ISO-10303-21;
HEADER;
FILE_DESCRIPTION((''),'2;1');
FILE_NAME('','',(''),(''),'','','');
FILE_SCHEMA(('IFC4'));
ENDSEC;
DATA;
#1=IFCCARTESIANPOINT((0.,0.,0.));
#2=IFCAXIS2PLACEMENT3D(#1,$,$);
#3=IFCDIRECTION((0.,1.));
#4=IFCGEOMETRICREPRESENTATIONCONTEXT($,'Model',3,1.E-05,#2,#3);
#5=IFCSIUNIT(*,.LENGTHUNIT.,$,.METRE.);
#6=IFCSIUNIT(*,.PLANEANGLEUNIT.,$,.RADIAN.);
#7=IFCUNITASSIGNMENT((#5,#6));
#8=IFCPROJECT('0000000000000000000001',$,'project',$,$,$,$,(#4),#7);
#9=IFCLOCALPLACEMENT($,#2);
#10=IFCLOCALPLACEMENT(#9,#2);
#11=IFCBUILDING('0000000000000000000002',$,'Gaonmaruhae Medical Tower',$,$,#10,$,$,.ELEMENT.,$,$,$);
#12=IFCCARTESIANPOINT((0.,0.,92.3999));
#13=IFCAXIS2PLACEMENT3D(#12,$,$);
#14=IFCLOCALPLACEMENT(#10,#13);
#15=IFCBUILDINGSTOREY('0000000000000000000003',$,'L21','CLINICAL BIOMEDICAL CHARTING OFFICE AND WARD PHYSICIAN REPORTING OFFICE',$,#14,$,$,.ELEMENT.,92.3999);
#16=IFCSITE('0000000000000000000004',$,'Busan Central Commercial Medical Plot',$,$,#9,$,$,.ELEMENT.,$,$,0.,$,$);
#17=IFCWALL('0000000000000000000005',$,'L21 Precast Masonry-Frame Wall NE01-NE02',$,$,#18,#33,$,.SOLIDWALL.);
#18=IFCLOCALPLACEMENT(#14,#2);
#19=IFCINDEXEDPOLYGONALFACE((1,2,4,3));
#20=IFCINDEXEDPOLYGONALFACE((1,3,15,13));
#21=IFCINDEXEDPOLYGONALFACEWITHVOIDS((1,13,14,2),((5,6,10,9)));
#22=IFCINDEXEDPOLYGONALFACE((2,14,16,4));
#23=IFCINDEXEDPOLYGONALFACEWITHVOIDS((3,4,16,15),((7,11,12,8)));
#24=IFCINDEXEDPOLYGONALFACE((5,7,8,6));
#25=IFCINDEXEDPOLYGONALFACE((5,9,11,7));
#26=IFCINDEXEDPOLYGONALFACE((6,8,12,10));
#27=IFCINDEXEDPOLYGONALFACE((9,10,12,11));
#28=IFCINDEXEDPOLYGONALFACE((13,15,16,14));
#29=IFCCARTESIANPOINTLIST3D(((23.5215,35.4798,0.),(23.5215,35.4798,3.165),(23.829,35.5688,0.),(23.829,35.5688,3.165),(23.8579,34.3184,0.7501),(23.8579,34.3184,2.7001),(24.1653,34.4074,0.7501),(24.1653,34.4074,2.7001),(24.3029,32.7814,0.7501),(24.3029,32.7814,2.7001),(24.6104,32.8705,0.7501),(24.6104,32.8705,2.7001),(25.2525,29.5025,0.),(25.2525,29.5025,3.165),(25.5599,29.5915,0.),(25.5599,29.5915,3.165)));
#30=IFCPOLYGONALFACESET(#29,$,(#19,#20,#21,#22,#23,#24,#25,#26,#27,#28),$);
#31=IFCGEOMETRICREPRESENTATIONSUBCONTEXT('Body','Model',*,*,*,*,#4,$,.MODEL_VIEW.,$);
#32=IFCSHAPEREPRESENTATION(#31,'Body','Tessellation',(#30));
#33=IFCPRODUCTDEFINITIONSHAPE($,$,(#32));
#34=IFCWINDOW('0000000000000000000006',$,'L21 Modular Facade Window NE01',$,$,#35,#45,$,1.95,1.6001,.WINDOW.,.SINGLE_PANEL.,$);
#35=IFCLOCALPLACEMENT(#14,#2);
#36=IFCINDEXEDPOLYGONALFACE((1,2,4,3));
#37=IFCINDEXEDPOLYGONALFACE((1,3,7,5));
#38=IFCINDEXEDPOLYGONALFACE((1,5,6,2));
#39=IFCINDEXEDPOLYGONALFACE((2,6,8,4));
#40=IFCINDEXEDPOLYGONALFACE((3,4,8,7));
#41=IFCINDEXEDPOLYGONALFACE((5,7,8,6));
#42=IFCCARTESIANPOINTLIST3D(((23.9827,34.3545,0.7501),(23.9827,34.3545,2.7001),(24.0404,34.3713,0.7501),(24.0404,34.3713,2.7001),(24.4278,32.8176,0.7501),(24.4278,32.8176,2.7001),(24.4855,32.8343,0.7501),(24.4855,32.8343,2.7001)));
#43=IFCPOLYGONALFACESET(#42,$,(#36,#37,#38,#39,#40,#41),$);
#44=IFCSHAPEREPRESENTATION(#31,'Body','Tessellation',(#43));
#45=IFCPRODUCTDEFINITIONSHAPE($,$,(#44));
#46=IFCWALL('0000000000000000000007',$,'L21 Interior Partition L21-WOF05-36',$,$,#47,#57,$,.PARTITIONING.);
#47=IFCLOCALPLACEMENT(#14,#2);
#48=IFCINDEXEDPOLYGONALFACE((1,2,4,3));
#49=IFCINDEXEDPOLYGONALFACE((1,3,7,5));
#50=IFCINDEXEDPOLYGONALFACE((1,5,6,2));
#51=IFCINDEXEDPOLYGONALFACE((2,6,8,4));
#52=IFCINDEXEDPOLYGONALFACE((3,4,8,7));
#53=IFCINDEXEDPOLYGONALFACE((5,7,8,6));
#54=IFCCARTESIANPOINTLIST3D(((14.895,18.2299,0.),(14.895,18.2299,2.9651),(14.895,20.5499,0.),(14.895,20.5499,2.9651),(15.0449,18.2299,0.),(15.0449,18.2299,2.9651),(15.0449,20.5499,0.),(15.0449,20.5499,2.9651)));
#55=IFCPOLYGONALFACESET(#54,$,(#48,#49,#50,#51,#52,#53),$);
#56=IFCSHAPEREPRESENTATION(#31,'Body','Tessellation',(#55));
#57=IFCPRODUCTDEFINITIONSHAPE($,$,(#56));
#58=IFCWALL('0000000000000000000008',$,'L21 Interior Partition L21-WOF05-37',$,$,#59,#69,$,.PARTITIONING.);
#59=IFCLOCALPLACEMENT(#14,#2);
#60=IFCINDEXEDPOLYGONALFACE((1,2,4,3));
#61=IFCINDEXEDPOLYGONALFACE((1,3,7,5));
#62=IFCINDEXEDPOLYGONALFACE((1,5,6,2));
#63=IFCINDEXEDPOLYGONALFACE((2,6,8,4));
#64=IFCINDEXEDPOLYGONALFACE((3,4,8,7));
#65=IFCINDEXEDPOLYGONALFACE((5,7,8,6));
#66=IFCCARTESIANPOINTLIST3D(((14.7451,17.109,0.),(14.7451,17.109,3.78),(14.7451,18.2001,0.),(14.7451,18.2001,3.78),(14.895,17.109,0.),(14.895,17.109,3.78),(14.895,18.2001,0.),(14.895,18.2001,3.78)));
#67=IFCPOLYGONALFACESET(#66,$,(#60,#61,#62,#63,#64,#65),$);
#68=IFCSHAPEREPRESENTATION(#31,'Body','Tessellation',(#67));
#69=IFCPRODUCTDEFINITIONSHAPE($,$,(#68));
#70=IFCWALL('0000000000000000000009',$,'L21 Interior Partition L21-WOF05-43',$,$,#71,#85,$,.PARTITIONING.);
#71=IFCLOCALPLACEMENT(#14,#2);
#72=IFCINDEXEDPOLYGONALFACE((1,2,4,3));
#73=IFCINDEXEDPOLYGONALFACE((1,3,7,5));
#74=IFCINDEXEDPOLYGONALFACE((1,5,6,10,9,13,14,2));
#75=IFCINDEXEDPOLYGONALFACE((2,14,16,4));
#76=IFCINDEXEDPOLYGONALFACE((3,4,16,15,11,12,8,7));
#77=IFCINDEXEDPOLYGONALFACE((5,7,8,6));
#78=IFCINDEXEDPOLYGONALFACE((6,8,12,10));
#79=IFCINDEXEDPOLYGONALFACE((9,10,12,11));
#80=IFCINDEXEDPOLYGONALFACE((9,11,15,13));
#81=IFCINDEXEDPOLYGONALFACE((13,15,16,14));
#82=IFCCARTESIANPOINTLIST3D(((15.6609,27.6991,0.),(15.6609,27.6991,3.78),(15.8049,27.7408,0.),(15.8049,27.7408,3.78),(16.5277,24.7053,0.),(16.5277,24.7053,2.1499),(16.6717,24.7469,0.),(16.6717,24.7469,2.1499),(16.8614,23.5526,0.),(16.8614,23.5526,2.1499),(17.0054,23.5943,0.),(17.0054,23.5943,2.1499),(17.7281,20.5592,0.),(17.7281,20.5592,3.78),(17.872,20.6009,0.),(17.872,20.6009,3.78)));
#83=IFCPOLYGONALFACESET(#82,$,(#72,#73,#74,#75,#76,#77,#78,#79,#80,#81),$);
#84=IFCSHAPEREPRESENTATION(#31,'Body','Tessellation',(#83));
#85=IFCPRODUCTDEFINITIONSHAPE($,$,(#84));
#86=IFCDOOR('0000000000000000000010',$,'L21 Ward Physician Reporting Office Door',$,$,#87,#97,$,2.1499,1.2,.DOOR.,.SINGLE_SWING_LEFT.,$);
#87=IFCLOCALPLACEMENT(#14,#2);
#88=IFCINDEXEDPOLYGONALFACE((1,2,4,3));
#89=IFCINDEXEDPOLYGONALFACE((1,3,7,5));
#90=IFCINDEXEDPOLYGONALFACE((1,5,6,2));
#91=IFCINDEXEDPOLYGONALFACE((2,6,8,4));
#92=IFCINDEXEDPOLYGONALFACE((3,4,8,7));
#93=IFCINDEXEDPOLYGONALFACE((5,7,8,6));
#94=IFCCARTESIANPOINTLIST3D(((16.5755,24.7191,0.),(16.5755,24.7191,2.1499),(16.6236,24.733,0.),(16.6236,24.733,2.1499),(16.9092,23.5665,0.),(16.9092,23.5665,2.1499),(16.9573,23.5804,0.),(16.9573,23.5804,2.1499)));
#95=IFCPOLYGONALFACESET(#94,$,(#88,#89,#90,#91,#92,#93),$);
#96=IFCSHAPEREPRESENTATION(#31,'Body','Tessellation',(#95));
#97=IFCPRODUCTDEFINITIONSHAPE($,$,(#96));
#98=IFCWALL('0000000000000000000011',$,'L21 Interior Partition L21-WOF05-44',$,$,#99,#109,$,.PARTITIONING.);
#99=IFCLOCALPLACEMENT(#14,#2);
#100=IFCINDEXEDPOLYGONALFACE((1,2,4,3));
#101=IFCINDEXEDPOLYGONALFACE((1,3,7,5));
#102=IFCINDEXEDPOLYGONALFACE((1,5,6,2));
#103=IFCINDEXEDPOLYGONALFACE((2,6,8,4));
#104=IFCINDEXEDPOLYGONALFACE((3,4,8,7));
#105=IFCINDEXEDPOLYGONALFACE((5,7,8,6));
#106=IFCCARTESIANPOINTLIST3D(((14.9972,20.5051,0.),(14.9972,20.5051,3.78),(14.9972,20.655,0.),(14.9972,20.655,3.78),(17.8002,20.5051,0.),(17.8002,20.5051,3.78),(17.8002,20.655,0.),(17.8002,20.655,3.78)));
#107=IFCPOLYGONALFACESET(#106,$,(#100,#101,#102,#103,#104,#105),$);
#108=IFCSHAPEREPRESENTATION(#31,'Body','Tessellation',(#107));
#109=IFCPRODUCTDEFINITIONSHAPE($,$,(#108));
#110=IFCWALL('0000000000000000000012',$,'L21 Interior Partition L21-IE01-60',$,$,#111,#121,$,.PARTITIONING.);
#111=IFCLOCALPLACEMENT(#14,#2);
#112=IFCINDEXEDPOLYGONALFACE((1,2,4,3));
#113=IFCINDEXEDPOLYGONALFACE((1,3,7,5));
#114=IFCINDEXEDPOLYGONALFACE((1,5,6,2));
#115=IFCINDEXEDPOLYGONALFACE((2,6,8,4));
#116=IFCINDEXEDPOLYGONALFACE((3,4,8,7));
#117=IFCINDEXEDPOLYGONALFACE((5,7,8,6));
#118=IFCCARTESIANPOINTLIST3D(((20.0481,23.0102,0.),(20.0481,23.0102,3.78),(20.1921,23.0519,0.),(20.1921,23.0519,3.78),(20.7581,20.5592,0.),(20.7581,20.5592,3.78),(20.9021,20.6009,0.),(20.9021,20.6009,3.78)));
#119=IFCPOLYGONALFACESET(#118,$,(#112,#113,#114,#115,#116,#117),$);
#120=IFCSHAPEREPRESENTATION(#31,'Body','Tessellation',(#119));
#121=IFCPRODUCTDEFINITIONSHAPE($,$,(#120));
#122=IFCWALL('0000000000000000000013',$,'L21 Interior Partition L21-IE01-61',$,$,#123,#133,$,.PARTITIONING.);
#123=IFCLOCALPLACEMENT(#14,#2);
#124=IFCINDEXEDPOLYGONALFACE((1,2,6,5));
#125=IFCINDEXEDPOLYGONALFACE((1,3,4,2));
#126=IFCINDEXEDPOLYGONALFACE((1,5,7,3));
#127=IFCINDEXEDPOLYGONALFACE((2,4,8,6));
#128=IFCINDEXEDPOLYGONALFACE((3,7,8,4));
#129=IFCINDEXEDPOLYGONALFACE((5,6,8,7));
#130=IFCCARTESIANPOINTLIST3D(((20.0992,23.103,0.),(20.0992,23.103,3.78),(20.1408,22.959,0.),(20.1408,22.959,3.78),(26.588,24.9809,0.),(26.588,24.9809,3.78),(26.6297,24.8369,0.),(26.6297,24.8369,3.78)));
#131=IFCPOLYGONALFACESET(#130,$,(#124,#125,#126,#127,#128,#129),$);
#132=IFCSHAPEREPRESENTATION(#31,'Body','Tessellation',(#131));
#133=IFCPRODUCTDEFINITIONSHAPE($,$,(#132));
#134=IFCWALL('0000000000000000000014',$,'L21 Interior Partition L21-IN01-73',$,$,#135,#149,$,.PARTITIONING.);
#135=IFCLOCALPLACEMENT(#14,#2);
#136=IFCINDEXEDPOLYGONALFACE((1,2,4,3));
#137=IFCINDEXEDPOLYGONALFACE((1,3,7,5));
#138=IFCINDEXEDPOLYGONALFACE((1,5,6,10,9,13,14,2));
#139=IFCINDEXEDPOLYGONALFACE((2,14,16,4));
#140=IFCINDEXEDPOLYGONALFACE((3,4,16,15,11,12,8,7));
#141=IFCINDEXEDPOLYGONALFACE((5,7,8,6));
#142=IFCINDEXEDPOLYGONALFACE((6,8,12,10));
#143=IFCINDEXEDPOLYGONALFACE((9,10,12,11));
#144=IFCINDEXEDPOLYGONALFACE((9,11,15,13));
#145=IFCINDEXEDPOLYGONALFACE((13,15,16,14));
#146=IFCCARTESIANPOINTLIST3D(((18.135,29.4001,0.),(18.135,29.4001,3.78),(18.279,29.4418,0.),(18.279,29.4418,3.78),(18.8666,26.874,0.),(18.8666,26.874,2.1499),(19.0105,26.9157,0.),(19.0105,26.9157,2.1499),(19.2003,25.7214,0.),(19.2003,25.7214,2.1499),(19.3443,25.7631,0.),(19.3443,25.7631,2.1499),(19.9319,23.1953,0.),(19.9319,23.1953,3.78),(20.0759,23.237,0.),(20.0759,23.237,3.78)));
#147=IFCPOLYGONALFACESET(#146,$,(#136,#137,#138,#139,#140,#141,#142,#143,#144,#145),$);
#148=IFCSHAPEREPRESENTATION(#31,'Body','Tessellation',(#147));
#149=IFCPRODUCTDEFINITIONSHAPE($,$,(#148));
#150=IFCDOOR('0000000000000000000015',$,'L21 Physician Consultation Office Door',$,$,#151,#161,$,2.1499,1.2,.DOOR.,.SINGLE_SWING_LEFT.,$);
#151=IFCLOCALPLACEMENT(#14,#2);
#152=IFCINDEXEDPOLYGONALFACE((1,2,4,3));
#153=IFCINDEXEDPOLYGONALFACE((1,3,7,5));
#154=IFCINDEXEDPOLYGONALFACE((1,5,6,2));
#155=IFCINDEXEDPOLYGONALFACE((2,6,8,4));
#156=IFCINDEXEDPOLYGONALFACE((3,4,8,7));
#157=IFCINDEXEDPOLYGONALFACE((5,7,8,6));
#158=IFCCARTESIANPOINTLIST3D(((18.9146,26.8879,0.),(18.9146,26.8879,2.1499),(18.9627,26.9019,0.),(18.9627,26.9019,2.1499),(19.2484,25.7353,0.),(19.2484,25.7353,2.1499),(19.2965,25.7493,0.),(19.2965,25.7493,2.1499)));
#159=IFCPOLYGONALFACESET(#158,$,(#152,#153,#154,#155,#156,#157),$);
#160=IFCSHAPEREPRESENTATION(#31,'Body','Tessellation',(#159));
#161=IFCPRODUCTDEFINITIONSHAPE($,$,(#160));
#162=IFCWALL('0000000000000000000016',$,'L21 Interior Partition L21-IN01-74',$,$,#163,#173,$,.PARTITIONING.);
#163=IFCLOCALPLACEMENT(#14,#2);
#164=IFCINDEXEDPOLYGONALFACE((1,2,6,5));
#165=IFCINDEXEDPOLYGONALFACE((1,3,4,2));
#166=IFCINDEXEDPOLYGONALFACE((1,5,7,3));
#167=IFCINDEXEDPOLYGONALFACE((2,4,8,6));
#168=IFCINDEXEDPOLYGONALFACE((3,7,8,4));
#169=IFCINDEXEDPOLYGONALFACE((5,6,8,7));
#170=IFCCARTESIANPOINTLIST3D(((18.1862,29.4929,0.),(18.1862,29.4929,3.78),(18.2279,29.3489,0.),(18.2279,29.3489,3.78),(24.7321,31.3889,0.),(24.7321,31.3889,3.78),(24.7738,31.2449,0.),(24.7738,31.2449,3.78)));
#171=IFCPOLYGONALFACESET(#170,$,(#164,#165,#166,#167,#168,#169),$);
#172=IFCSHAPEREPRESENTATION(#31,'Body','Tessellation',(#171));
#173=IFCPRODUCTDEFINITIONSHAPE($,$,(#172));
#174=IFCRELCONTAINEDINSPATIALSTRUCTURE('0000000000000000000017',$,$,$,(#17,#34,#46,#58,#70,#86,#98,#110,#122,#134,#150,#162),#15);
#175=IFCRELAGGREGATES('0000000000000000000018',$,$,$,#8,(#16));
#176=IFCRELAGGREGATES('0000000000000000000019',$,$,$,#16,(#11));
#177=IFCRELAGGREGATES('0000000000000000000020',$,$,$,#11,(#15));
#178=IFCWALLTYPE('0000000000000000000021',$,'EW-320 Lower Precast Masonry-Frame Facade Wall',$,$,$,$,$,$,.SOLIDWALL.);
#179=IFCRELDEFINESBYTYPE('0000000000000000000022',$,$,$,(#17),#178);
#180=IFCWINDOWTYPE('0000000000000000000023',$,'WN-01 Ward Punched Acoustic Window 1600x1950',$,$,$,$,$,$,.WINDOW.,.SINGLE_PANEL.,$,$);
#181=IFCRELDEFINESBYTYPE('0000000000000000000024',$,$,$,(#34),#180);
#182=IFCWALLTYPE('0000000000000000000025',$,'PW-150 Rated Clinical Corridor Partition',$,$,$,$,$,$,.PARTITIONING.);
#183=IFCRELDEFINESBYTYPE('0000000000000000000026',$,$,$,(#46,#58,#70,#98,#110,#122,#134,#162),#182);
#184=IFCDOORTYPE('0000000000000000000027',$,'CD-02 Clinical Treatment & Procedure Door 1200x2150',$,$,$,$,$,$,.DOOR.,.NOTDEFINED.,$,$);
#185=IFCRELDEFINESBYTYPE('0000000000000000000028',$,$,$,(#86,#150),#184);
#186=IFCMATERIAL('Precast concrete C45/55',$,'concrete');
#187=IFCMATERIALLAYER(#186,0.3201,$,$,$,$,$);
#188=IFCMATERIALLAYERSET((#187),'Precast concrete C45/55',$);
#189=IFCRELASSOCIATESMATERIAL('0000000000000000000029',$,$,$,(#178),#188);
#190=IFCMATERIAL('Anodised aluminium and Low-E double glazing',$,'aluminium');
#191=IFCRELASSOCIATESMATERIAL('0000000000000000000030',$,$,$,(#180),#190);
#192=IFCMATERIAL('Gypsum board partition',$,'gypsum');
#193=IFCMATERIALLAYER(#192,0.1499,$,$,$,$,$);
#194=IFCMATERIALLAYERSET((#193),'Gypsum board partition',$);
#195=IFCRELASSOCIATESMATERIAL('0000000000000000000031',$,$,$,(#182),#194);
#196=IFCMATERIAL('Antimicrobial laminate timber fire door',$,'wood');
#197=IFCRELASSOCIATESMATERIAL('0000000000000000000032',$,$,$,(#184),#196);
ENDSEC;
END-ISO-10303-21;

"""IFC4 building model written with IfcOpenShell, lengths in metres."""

from ifc_helpers import new_model, si_unit, direction, frame, frame_2d, origin, place, context, subcontext, project, spatial, rectangle, extrude, material, layer, layer_set, type_object, element, fill, save


model = new_model("IFC4")

# Units and contexts
model_context = context("Model", 3, precision=1e-05, world=origin(), true_north=direction((0.0, 1.0)))
body_context = subcontext(model_context, "Body", "Model", "MODEL_VIEW")
ifc_project = project(units=[si_unit("LENGTHUNIT", "METRE"), si_unit("PLANEANGLEUNIT", "RADIAN")], contexts=[model_context])

# Site, building, storey
site_placement = place(None, origin())
site = spatial("IfcSite", under=ifc_project, at=site_placement, Name="Busan Central Commercial Medical Plot", CompositionType="ELEMENT", RefElevation=0.0)
building_placement = place(site_placement, origin())
building = spatial("IfcBuilding", under=site, at=building_placement, Name="Gaonmaruhae Medical Tower", CompositionType="ELEMENT")
storey_placement = place(building_placement, frame((0.0, 0.0, 92.3999)))
storey = spatial("IfcBuildingStorey", under=building, at=storey_placement, Name="L21", Description="CLINICAL BIOMEDICAL CHARTING OFFICE AND WARD PHYSICIAN REPORTING OFFICE", CompositionType="ELEMENT", Elevation=92.3999)

# Wall, opening, window
ifc_material_1 = material(Name="Precast concrete C45/55", Category="concrete")
ifc_layer_1 = layer(ifc_material_1, 0.3201)
ifc_layer_set_1 = layer_set([ifc_layer_1], Name="Precast concrete C45/55")
wall_type_1 = type_object("IfcWallType", Name="EW-320 Lower Precast Masonry-Frame Facade Wall", PredefinedType="SOLIDWALL", material=ifc_layer_set_1)
wall_1_placement = place(storey_placement, frame((23.6753, 35.5242, 0.0), z_axis=(0.0, 0.0, 1.0), x_axis=(0.27816, -0.960535, 0.0)))
wall_1 = element("IfcWall", 1, at=wall_1_placement, inside=storey, type_object=wall_type_1, Name="L21 Precast Masonry-Frame Wall NE01-NE02", PredefinedType="SOLIDWALL", context=body_context, shape_type="SweptSolid", body=[
    extrude(rectangle(XDim=6.2229, YDim=0.3201, at=frame_2d((3.1113, 0.0))), origin(), (0.0, 0.0, 1.0), 3.165),
])
opening_1_placement = place(wall_1_placement, frame((1.209, 0.0, 0.75)))
opening_1 = element("IfcOpeningElement", 2, at=opening_1_placement, cuts=wall_1, PredefinedType="OPENING", context=body_context, shape_type="SweptSolid", body=[
    extrude(rectangle(XDim=1.6001, YDim=1.95, at=frame_2d((0.8, 0.9751))), frame((0.0, 0.1699, 0.0), z_axis=(0.0, -1.0, 0.0), x_axis=(1.0, 0.0, 0.0)), (0.0, 0.0, 1.0), 0.3401),
])
ifc_material_2 = material(Name="Anodised aluminium and Low-E double glazing", Category="aluminium")
window_type = type_object("IfcWindowType", Name="WN-01 Ward Punched Acoustic Window 1600x1950", PartitioningType="SINGLE_PANEL", PredefinedType="WINDOW", material=ifc_material_2)
window_placement = place(opening_1_placement, origin())
window = element("IfcWindow", 3, at=window_placement, inside=storey, type_object=window_type, Name="L21 Modular Facade Window NE01", OverallHeight=1.95, OverallWidth=1.6001, PartitioningType="SINGLE_PANEL", PredefinedType="WINDOW", context=body_context, shape_type="SweptSolid", body=[
    extrude(rectangle(XDim=1.6001, YDim=1.95, at=frame_2d((0.8, 0.9751))), frame((0.0, 0.03, 0.0), z_axis=(0.0, -1.0, 0.0), x_axis=(1.0, 0.0, 0.0)), (0.0, 0.0, 1.0), 0.0601),
])
fill(opening_1, window)

# Walls
ifc_material_3 = material(Name="Gypsum board partition", Category="gypsum")
ifc_layer_2 = layer(ifc_material_3, 0.1499)
ifc_layer_set_2 = layer_set([ifc_layer_2], Name="Gypsum board partition")
wall_type_2 = type_object("IfcWallType", Name="PW-150 Rated Clinical Corridor Partition", PredefinedType="PARTITIONING", material=ifc_layer_set_2)
wall_2_placement = place(storey_placement, frame((14.97, 20.55, 0.0), z_axis=(0.0, 0.0, 1.0), x_axis=(0.0, -1.0, 0.0)))
element("IfcWall", 4, at=wall_2_placement, inside=storey, type_object=wall_type_2, Name="L21 Interior Partition L21-WOF05-36", PredefinedType="PARTITIONING", context=body_context, shape_type="SweptSolid", body=[
    extrude(rectangle(XDim=2.3201, YDim=0.1499, at=frame_2d((1.1602, 0.0))), origin(), (0.0, 0.0, 1.0), 2.9651),
])
wall_3_placement = place(storey_placement, frame((14.8201, 18.2, 0.0), z_axis=(0.0, 0.0, 1.0), x_axis=(0.0, -1.0, 0.0)))
element("IfcWall", 5, at=wall_3_placement, inside=storey, type_object=wall_type_2, Name="L21 Interior Partition L21-WOF05-37", PredefinedType="PARTITIONING", context=body_context, shape_type="SweptSolid", body=[
    extrude(rectangle(XDim=1.0911, YDim=0.1499, at=frame_2d((0.5454, 0.0))), origin(), (0.0, 0.0, 1.0), 3.78),
])

# Wall, opening, door
wall_4_placement = place(storey_placement, frame((15.7329, 27.72, 0.0), z_axis=(0.0, 0.0, 1.0), x_axis=(0.278099, -0.960552, 0.0)))
wall_4 = element("IfcWall", 6, at=wall_4_placement, inside=storey, type_object=wall_type_2, Name="L21 Interior Partition L21-WOF05-43", PredefinedType="PARTITIONING", context=body_context, shape_type="SweptSolid", body=[
    extrude(rectangle(XDim=7.4331, YDim=0.1499, at=frame_2d((3.7166, 0.0))), origin(), (0.0, 0.0, 1.0), 3.78),
])
opening_2_placement = place(wall_4_placement, frame((3.1167, 0.0, 0.0)))
opening_2 = element("IfcOpeningElement", 7, at=opening_2_placement, cuts=wall_4, PredefinedType="OPENING", context=body_context, shape_type="SweptSolid", body=[
    extrude(rectangle(XDim=1.2, YDim=2.1499, at=frame_2d((0.6001, 1.075))), frame((0.0, 0.085, 0.0), z_axis=(0.0, -1.0, 0.0), x_axis=(1.0, 0.0, 0.0)), (0.0, 0.0, 1.0), 0.1699),
])
ifc_material_4 = material(Name="Antimicrobial laminate timber fire door", Category="wood")
door_type_1 = type_object("IfcDoorType", Name="CD-02 Clinical Treatment & Procedure Door 1200x2150", OperationType="NOTDEFINED", PredefinedType="DOOR", material=ifc_material_4)
door_1_placement = place(opening_2_placement, origin())
door_1 = element("IfcDoor", 8, at=door_1_placement, inside=storey, type_object=door_type_1, Name="L21 Ward Physician Reporting Office Door", OperationType="SINGLE_SWING_LEFT", OverallHeight=2.1499, OverallWidth=1.2, PredefinedType="DOOR", context=body_context, shape_type="SweptSolid", body=[
    extrude(rectangle(XDim=1.2, YDim=2.1499, at=frame_2d((0.6001, 1.075))), frame((0.0, 0.0249, 0.0), z_axis=(0.0, -1.0, 0.0), x_axis=(1.0, 0.0, 0.0)), (0.0, 0.0, 1.0), 0.05),
])
fill(opening_2, door_1)

# Walls
wall_5_placement = place(storey_placement, frame((17.8, 20.5801, 0.0), z_axis=(0.0, 0.0, 1.0), x_axis=(-1.0, 0.0, 0.0)))
element("IfcWall", 9, at=wall_5_placement, inside=storey, type_object=wall_type_2, Name="L21 Interior Partition L21-WOF05-44", PredefinedType="PARTITIONING", context=body_context, shape_type="SweptSolid", body=[
    extrude(rectangle(XDim=2.803, YDim=0.1499, at=frame_2d((1.4014, 0.0))), origin(), (0.0, 0.0, 1.0), 3.78),
])
wall_6_placement = place(storey_placement, frame((20.8301, 20.5801, 0.0), z_axis=(0.0, 0.0, 1.0), x_axis=(-0.278232, 0.960514, 0.0)))
element("IfcWall", 10, at=wall_6_placement, inside=storey, type_object=wall_type_2, Name="L21 Interior Partition L21-IE01-60", PredefinedType="PARTITIONING", context=body_context, shape_type="SweptSolid", body=[
    extrude(rectangle(XDim=2.5518, YDim=0.1499, at=frame_2d((1.2759, 0.0))), origin(), (0.0, 0.0, 1.0), 3.78),
])
wall_7_placement = place(storey_placement, frame((20.1201, 23.031, 0.0), z_axis=(0.0, 0.0, 1.0), x_axis=(0.96058, 0.278004, 0.0)))
element("IfcWall", 11, at=wall_7_placement, inside=storey, type_object=wall_type_2, Name="L21 Interior Partition L21-IE01-61", PredefinedType="PARTITIONING", context=body_context, shape_type="SweptSolid", body=[
    extrude(rectangle(XDim=6.7551, YDim=0.1499, at=frame_2d((3.3774, 0.0))), origin(), (0.0, 0.0, 1.0), 3.78),
])

# Wall, opening, door
wall_8_placement = place(storey_placement, frame((20.0039, 23.2161, 0.0), z_axis=(0.0, 0.0, 1.0), x_axis=(-0.278164, 0.960534, 0.0)))
wall_8 = element("IfcWall", 12, at=wall_8_placement, inside=storey, type_object=wall_type_2, Name="L21 Interior Partition L21-IN01-73", PredefinedType="PARTITIONING", context=body_context, shape_type="SweptSolid", body=[
    extrude(rectangle(XDim=6.4597, YDim=0.1499, at=frame_2d((3.23, 0.0))), origin(), (0.0, 0.0, 1.0), 3.78),
])
opening_3_placement = place(wall_8_placement, frame((2.6299, 0.0, 0.0)))
opening_3 = element("IfcOpeningElement", 13, at=opening_3_placement, cuts=wall_8, PredefinedType="OPENING", context=body_context, shape_type="SweptSolid", body=[
    extrude(rectangle(XDim=1.2, YDim=2.1499, at=frame_2d((0.6001, 1.075))), frame((0.0, 0.085, 0.0), z_axis=(0.0, -1.0, 0.0), x_axis=(1.0, 0.0, 0.0)), (0.0, 0.0, 1.0), 0.1699),
])
door_2_placement = place(opening_3_placement, origin())
door_2 = element("IfcDoor", 14, at=door_2_placement, inside=storey, type_object=door_type_1, Name="L21 Physician Consultation Office Door", OperationType="SINGLE_SWING_LEFT", OverallHeight=2.1499, OverallWidth=1.2, PredefinedType="DOOR", context=body_context, shape_type="SweptSolid", body=[
    extrude(rectangle(XDim=1.2, YDim=2.1499, at=frame_2d((0.6001, 1.075))), frame((0.0, 0.0249, 0.0), z_axis=(0.0, -1.0, 0.0), x_axis=(1.0, 0.0, 0.0)), (0.0, 0.0, 1.0), 0.05),
])
fill(opening_3, door_2)

# Wall
wall_9_placement = place(storey_placement, frame((18.207, 29.4209, 0.0), z_axis=(0.0, 0.0, 1.0), x_axis=(0.96052, 0.278211, 0.0)))
element("IfcWall", 15, at=wall_9_placement, inside=storey, type_object=wall_type_2, Name="L21 Interior Partition L21-IN01-74", PredefinedType="PARTITIONING", context=body_context, shape_type="SweptSolid", body=[
    extrude(rectangle(XDim=6.8149, YDim=0.1499, at=frame_2d((3.4075, 0.0))), origin(), (0.0, 0.0, 1.0), 3.78),
])

save(model, "model.ifc")
